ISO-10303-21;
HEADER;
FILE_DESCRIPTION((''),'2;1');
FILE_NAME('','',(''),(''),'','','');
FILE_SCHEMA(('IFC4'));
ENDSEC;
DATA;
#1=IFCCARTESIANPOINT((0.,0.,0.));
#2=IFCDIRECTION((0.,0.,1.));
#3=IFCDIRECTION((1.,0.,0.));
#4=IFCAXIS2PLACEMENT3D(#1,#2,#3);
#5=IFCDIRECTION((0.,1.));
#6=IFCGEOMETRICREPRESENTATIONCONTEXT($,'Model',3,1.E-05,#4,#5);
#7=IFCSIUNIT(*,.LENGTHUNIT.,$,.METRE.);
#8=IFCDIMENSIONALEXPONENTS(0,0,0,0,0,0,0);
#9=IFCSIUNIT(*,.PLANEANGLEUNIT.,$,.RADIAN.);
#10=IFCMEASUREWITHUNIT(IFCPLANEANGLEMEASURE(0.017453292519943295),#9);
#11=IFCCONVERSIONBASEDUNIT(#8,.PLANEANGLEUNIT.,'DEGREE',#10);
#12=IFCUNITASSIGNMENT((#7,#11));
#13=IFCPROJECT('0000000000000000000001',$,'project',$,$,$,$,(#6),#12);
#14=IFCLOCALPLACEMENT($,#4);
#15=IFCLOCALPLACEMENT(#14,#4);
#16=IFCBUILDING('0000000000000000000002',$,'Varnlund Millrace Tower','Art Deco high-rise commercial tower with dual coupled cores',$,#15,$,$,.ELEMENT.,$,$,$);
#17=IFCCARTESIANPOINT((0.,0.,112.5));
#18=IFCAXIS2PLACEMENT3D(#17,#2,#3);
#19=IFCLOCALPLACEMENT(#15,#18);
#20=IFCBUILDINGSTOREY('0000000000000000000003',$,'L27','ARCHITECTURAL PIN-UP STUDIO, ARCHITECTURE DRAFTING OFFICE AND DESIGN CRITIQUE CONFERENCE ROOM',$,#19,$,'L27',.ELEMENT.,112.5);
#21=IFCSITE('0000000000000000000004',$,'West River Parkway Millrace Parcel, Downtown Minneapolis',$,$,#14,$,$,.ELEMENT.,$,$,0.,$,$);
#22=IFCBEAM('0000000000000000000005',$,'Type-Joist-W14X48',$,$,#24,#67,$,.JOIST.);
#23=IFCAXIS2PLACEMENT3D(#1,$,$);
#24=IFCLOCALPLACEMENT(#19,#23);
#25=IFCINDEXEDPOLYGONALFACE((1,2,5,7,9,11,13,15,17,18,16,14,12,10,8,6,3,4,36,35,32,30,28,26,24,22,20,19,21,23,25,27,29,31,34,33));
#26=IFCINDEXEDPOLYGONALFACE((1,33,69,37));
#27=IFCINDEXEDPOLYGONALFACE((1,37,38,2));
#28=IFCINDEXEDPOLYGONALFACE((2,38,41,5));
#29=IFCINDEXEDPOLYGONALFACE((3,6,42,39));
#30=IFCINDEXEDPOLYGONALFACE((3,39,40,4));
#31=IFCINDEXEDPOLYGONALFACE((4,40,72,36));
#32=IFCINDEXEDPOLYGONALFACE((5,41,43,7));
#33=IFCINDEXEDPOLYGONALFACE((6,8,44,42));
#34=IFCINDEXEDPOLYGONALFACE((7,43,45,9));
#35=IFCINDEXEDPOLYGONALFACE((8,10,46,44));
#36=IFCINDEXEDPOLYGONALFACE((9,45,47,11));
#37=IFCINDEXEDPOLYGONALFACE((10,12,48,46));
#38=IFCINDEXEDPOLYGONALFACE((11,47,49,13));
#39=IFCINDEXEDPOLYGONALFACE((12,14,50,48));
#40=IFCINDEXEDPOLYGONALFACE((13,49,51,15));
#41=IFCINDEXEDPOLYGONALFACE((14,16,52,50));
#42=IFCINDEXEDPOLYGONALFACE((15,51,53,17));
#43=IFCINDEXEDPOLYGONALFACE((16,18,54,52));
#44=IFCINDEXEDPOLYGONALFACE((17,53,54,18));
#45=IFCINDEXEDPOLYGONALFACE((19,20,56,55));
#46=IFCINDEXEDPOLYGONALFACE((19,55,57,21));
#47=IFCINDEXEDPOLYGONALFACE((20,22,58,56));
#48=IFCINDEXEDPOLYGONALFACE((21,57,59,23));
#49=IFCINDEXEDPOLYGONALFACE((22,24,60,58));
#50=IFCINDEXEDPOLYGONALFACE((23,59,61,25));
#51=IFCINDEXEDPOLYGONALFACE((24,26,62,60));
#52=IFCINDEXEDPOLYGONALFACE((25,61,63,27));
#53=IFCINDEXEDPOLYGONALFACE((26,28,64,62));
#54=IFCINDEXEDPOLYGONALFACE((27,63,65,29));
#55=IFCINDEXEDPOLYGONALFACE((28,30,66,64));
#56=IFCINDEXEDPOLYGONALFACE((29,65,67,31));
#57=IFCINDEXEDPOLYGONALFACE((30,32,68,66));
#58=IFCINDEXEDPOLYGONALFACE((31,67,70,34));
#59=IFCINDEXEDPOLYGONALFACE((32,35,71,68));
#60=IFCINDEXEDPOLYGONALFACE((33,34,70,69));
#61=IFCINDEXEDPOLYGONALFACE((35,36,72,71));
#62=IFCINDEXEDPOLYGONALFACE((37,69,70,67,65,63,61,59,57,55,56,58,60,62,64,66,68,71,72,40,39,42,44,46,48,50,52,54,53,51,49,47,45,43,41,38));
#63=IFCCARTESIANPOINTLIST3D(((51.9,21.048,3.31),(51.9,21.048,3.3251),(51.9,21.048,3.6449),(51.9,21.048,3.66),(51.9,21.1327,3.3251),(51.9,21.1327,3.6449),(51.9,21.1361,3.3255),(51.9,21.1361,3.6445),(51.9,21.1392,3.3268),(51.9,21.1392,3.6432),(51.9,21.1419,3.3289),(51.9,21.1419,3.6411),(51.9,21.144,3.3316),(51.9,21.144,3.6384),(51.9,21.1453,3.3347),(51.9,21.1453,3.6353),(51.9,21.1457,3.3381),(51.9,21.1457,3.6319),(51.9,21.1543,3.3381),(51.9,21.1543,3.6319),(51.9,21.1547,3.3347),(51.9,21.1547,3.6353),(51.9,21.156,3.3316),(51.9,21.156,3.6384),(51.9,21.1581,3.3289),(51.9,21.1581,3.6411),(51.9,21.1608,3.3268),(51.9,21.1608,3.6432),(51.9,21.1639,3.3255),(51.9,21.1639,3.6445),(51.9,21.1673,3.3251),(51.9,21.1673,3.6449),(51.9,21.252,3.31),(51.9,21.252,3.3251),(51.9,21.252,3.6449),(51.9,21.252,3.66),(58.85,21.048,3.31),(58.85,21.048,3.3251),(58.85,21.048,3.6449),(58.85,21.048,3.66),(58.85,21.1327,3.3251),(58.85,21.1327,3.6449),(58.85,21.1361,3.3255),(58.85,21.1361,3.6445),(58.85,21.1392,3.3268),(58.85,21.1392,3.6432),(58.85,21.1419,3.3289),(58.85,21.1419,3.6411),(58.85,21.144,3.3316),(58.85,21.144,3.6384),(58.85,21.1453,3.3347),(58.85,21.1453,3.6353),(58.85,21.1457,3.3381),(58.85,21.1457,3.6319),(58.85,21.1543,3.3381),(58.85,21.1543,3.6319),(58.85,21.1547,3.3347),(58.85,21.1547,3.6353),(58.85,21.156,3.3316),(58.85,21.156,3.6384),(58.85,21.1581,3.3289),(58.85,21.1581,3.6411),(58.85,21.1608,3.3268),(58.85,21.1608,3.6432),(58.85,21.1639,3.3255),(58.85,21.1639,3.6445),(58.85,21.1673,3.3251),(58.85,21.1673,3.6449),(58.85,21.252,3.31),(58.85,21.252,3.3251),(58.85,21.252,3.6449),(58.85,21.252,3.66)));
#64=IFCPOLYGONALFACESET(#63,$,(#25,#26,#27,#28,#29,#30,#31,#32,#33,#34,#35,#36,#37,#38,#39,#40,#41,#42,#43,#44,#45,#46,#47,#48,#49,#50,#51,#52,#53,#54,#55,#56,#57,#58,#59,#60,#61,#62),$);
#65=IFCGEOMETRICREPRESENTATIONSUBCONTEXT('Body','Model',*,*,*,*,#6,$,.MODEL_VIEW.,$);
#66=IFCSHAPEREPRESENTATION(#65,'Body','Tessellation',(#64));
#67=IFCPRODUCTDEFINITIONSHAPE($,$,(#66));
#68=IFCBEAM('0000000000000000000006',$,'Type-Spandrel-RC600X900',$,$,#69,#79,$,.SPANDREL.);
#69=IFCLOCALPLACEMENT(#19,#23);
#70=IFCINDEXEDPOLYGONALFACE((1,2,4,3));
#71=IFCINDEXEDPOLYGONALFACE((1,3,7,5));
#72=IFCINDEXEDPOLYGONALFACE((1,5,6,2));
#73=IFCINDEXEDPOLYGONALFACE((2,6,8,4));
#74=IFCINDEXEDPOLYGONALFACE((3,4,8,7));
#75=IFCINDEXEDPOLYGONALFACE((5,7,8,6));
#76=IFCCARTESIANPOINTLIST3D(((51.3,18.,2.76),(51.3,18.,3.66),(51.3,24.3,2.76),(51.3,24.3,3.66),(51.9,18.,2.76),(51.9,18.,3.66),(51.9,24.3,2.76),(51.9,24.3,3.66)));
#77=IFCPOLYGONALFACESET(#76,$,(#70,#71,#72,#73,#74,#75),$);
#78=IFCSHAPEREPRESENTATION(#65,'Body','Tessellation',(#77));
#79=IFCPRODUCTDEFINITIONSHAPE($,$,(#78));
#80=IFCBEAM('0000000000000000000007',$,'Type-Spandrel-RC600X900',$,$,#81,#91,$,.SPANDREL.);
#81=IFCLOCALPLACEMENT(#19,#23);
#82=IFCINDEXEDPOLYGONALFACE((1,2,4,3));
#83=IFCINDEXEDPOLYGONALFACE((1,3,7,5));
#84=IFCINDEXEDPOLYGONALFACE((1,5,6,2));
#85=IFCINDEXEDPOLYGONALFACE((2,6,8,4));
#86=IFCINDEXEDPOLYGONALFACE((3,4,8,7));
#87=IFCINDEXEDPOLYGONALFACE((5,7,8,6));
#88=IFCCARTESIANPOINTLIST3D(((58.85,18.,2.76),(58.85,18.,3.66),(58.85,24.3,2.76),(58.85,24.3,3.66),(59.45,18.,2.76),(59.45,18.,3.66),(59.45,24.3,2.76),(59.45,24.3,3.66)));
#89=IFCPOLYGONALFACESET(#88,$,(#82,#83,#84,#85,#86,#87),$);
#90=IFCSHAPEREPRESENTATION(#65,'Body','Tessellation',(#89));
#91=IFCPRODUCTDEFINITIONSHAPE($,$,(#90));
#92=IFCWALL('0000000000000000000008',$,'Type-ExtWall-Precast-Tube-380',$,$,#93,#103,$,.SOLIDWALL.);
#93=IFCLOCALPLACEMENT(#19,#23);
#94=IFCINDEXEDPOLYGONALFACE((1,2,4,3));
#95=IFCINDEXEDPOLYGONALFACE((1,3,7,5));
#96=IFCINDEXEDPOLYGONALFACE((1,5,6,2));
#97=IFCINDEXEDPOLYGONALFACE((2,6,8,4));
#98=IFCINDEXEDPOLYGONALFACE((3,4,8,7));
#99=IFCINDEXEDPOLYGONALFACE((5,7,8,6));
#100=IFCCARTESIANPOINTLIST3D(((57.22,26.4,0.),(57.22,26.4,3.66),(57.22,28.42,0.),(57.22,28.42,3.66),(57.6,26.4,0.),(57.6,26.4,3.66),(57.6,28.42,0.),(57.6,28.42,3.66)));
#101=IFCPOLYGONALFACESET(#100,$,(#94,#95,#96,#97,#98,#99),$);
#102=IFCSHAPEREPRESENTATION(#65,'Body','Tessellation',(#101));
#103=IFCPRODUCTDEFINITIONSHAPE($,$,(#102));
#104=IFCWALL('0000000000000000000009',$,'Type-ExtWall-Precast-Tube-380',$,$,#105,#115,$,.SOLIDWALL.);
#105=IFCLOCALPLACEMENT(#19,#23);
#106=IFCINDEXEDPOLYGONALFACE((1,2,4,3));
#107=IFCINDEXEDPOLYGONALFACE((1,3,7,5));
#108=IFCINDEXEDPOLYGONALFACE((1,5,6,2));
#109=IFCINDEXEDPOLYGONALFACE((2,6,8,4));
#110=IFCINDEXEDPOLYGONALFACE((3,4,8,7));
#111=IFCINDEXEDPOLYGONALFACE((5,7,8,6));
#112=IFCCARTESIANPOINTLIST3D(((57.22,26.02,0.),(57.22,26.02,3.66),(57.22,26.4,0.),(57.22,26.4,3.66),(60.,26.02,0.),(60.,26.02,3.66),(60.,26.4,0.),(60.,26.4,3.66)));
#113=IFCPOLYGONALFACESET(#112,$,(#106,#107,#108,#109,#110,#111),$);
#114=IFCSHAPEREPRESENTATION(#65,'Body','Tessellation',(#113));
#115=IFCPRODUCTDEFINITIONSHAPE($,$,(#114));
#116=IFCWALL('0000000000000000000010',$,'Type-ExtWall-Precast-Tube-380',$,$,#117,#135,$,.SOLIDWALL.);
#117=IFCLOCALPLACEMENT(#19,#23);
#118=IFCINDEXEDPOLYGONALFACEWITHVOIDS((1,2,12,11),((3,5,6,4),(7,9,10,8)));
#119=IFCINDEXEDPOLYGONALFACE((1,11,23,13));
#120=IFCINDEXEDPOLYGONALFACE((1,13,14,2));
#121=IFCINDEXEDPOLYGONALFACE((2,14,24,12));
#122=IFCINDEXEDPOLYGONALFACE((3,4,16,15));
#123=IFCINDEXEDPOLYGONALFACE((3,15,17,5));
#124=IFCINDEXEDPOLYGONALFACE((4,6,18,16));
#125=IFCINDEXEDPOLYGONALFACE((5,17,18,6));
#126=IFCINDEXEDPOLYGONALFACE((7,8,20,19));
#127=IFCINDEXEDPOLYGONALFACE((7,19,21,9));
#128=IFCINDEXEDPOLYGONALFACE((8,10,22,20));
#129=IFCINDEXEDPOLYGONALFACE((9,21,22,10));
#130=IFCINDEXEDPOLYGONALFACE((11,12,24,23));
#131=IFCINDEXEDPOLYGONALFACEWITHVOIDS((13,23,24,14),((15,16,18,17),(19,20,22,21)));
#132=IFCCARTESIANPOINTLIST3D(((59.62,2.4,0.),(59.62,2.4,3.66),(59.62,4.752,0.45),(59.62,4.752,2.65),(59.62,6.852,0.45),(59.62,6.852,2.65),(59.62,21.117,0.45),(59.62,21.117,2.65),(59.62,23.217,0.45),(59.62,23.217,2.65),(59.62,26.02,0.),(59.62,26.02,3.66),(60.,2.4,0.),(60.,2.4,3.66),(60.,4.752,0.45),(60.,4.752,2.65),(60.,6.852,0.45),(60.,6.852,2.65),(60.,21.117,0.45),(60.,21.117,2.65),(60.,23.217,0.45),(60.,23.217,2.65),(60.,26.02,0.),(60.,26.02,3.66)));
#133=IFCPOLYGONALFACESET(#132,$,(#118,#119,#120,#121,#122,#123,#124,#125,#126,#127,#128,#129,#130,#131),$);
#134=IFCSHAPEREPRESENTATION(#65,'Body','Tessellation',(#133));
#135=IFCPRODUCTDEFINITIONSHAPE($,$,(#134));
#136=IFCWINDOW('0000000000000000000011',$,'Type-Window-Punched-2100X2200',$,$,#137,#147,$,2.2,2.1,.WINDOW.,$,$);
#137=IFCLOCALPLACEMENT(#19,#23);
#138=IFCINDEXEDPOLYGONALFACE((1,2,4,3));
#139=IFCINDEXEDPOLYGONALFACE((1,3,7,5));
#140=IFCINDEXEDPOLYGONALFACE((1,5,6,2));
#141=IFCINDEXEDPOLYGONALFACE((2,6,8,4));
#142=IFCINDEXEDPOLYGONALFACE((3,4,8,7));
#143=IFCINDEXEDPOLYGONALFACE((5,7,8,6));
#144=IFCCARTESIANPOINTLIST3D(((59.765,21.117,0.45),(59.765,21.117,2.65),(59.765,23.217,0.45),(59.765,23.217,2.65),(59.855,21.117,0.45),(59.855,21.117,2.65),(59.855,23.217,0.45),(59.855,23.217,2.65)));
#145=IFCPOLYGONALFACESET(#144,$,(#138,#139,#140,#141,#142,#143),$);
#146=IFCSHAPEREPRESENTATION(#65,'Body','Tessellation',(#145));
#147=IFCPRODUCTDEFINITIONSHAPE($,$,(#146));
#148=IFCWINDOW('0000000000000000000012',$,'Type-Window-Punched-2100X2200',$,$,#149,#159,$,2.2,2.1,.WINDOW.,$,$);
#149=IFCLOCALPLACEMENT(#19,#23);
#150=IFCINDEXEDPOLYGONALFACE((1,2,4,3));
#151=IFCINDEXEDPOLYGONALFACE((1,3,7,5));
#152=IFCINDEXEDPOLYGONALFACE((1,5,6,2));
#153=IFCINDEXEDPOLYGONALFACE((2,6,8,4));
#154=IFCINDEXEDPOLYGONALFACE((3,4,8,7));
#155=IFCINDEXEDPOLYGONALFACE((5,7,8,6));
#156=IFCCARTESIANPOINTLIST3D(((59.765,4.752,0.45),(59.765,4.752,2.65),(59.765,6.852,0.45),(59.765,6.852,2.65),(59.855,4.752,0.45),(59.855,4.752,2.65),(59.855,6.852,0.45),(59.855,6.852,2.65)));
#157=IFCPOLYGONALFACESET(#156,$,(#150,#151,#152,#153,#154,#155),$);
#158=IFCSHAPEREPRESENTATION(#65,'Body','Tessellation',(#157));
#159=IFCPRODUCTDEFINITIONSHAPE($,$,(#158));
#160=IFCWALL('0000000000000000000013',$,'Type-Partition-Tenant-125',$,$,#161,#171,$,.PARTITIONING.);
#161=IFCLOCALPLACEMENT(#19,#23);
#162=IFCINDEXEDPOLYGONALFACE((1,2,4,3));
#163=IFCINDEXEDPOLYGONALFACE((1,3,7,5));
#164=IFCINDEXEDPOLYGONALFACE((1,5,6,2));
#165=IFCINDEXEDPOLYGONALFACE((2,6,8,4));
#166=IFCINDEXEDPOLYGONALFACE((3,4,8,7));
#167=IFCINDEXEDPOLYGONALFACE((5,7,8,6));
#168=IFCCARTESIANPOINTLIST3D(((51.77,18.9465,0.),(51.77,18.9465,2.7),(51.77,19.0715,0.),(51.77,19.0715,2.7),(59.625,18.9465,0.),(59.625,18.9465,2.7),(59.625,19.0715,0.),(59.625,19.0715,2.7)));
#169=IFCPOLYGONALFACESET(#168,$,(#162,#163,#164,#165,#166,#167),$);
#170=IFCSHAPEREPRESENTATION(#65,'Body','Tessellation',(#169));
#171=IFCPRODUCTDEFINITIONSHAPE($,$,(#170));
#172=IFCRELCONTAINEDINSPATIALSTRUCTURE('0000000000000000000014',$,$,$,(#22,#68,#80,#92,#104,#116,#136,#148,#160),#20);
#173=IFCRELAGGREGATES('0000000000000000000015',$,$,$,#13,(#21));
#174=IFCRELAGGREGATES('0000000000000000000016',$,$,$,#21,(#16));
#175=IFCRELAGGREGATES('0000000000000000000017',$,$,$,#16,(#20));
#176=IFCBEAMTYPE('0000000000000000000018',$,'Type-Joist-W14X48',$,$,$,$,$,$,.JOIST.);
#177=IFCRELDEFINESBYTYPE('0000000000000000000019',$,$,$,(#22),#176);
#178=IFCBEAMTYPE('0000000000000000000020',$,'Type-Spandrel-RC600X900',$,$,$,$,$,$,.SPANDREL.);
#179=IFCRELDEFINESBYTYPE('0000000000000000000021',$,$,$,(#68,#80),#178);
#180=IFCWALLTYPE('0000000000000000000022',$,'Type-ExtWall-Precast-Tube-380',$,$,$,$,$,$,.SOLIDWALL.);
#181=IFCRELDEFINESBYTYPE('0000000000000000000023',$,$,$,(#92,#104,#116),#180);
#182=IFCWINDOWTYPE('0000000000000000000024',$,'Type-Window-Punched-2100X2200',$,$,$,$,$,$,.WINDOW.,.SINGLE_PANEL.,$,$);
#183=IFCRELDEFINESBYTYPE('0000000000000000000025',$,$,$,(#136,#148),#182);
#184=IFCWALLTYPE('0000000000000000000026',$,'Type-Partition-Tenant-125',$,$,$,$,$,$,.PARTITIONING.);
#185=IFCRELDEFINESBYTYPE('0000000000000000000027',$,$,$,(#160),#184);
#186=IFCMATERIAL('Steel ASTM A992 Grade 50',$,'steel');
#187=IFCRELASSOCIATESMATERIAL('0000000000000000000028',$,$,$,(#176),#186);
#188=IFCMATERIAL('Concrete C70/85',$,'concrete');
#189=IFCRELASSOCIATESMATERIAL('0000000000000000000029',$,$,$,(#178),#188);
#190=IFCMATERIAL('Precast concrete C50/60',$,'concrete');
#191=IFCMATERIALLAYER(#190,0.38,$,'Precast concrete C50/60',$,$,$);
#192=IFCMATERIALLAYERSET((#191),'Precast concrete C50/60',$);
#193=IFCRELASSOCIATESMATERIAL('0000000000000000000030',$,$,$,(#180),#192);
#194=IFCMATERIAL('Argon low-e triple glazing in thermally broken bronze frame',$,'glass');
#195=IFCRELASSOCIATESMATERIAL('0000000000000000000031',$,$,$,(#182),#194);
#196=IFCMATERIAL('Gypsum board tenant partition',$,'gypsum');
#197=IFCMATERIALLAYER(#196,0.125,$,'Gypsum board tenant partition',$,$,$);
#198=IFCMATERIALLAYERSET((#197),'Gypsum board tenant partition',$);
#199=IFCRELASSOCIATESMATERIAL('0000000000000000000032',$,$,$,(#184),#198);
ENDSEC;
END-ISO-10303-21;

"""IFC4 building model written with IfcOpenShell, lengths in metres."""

from ifc_helpers import new_model, entity, si_unit, converted_unit, direction, frame, origin_with_axes, origin_2d_with_axis, place, context, subcontext, project, spatial, polyline, rectangle, i_section, outline, extrude, material, layer, layer_set, material_profile, profile_set, type_object, element, fill, save


model = new_model("IFC4")

# Units and contexts
model_context = context("Model", 3, precision=1e-05, world=origin_with_axes(), true_north=direction((0.0, 1.0)))
body_context = subcontext(model_context, "Body", "Model", "MODEL_VIEW")
ifc_project = project(units=[si_unit("LENGTHUNIT", "METRE"), converted_unit("PLANEANGLEUNIT", "DEGREE", entity("IfcPlaneAngleMeasure", 0.017453292519943295), si_unit("PLANEANGLEUNIT", "RADIAN"), dimensions=[0, 0, 0, 0, 0, 0, 0])], contexts=[model_context])

# Site, building, storey
site_placement = place(None, origin_with_axes())
site = spatial("IfcSite", under=ifc_project, at=site_placement, Name="West River Parkway Millrace Parcel, Downtown Minneapolis", CompositionType="ELEMENT", RefElevation=0.0)
building_placement = place(site_placement, origin_with_axes())
building = spatial("IfcBuilding", under=site, at=building_placement, Name="Varnlund Millrace Tower", Description="Art Deco high-rise commercial tower with dual coupled cores", CompositionType="ELEMENT")
storey_placement = place(building_placement, frame((0.0, 0.0, 112.5), z_axis=(0.0, 0.0, 1.0), x_axis=(1.0, 0.0, 0.0)))
storey = spatial("IfcBuildingStorey", under=building, at=storey_placement, Name="L27", Description="ARCHITECTURAL PIN-UP STUDIO, ARCHITECTURE DRAFTING OFFICE AND DESIGN CRITIQUE CONFERENCE ROOM", LongName="L27", CompositionType="ELEMENT", Elevation=112.5)

# Beams
ifc_material_1 = material(Name="Steel ASTM A992 Grade 50", Category="steel")
ifc_material_profile_1 = material_profile(ifc_material_1, i_section(OverallWidth=0.204, OverallDepth=0.35, WebThickness=0.0086, FlangeThickness=0.0151, FilletRadius=0.013, at=origin_2d_with_axis()), Name="Steel ASTM A992 Grade 50")
ifc_profile_set_1 = profile_set([ifc_material_profile_1], Name="Steel ASTM A992 Grade 50")
beam_type_1 = type_object("IfcBeamType", Name="Type-Joist-W14X48", PredefinedType="JOIST", material=ifc_profile_set_1)
for number, where, z_axis, x_axis, name in (
    (1, (51.9, 21.15, 3.485), (1.0, 0.0, 0.0), (0.0, 1.0, 0.0), "Type-Joist-W14X48"),
):
    element("IfcBeam", number, at=place(storey_placement, frame(where, z_axis=z_axis, x_axis=x_axis)), inside=storey, type_object=beam_type_1, Name=name, PredefinedType="JOIST", context=body_context, shape_type="SweptSolid", body=[
        extrude(i_section(OverallWidth=0.204, OverallDepth=0.35, WebThickness=0.0086, FlangeThickness=0.0151, FilletRadius=0.013, at=origin_2d_with_axis()), origin_with_axes(), (0.0, 0.0, 1.0), 6.95),
    ])
ifc_material_2 = material(Name="Concrete C70/85", Category="concrete")
ifc_material_profile_2 = material_profile(ifc_material_2, rectangle(XDim=0.6, YDim=0.9, at=origin_2d_with_axis()), Name="Concrete C70/85")
ifc_profile_set_2 = profile_set([ifc_material_profile_2], Name="Concrete C70/85")
beam_type_2 = type_object("IfcBeamType", Name="Type-Spandrel-RC600X900", PredefinedType="SPANDREL", material=ifc_profile_set_2)
for number, where, z_axis, x_axis, name in (
    (2, (51.6, 18.0, 3.21), (0.0, 1.0, 0.0), (-1.0, 0.0, 0.0), "Type-Spandrel-RC600X900"),
    (3, (59.15, 18.0, 3.21), (0.0, 1.0, 0.0), (-1.0, 0.0, 0.0), "Type-Spandrel-RC600X900"),
):
    element("IfcBeam", number, at=place(storey_placement, frame(where, z_axis=z_axis, x_axis=x_axis)), inside=storey, type_object=beam_type_2, Name=name, PredefinedType="SPANDREL", context=body_context, shape_type="SweptSolid", body=[
        extrude(rectangle(XDim=0.6, YDim=0.9, at=origin_2d_with_axis()), origin_with_axes(), (0.0, 0.0, 1.0), 6.3),
    ])

# Walls
ifc_material_3 = material(Name="Precast concrete C50/60", Category="concrete")
ifc_layer_1 = layer(ifc_material_3, 0.38, Name="Precast concrete C50/60")
ifc_layer_set_1 = layer_set([ifc_layer_1], Name="Precast concrete C50/60")
wall_type_1 = type_object("IfcWallType", Name="Type-ExtWall-Precast-Tube-380", PredefinedType="SOLIDWALL", material=ifc_layer_set_1)
wall_1_placement = place(storey_placement, frame((57.41, 28.42, 0.0), z_axis=(0.0, 0.0, 1.0), x_axis=(0.0, -1.0, 0.0)))
element("IfcWall", 4, at=wall_1_placement, inside=storey, type_object=wall_type_1, Name="Type-ExtWall-Precast-Tube-380", PredefinedType="SOLIDWALL", context=body_context, shape_type="SweptSolid", body=[
    extrude(outline(polyline([(0.0, -0.19), (2.02, -0.19), (2.02, 0.19), (0.0, 0.19), (0.0, -0.19)])), origin_with_axes(), (0.0, 0.0, 1.0), 3.66),
])
wall_2_placement = place(storey_placement, frame((57.22, 26.21, 0.0), z_axis=(0.0, 0.0, 1.0), x_axis=(1.0, 0.0, 0.0)))
element("IfcWall", 5, at=wall_2_placement, inside=storey, type_object=wall_type_1, Name="Type-ExtWall-Precast-Tube-380", PredefinedType="SOLIDWALL", context=body_context, shape_type="SweptSolid", body=[
    extrude(outline(polyline([(0.0, -0.19), (2.78, -0.19), (2.78, 0.19), (0.0, 0.19), (0.0, -0.19)])), origin_with_axes(), (0.0, 0.0, 1.0), 3.66),
])

# Wall, openings, windows
wall_3_placement = place(storey_placement, frame((59.81, 26.02, 0.0), z_axis=(0.0, 0.0, 1.0), x_axis=(0.0, -1.0, 0.0)))
wall_3 = element("IfcWall", 6, at=wall_3_placement, inside=storey, type_object=wall_type_1, Name="Type-ExtWall-Precast-Tube-380", PredefinedType="SOLIDWALL", context=body_context, shape_type="SweptSolid", body=[
    extrude(outline(polyline([(0.0, -0.19), (23.62, -0.19), (23.62, 0.19), (0.0, 0.19), (0.0, -0.19)])), origin_with_axes(), (0.0, 0.0, 1.0), 3.66),
])
opening_1_placement = place(wall_3_placement, frame((3.853, 0.0, 0.45), z_axis=(0.0, 0.0, 1.0), x_axis=(1.0, 0.0, 0.0)))
opening_1 = element("IfcOpeningElement", 7, at=opening_1_placement, cuts=wall_3, PredefinedType="OPENING", context=body_context, shape_type="SweptSolid", body=[
    extrude(rectangle(XDim=2.1, YDim=0.4, at=origin_2d_with_axis()), origin_with_axes(), (0.0, 0.0, 1.0), 2.2),
])
opening_2_placement = place(wall_3_placement, frame((20.218, 0.0, 0.45), z_axis=(0.0, 0.0, 1.0), x_axis=(1.0, 0.0, 0.0)))
opening_2 = element("IfcOpeningElement", 8, at=opening_2_placement, cuts=wall_3, PredefinedType="OPENING", context=body_context, shape_type="SweptSolid", body=[
    extrude(rectangle(XDim=2.1, YDim=0.4, at=origin_2d_with_axis()), origin_with_axes(), (0.0, 0.0, 1.0), 2.2),
])
ifc_material_4 = material(Name="Argon low-e triple glazing in thermally broken bronze frame", Category="glass")
window_type = type_object("IfcWindowType", Name="Type-Window-Punched-2100X2200", PartitioningType="SINGLE_PANEL", PredefinedType="WINDOW", material=ifc_material_4)
window_1_placement = place(wall_3_placement, frame((3.853, 0.0, 0.45), z_axis=(0.0, 0.0, 1.0), x_axis=(1.0, 0.0, 0.0)))
window_1 = element("IfcWindow", 9, at=window_1_placement, inside=storey, type_object=window_type, Name="Type-Window-Punched-2100X2200", OverallHeight=2.2, OverallWidth=2.1, PredefinedType="WINDOW", context=body_context, shape_type="SweptSolid", body=[
    extrude(rectangle(XDim=2.1, YDim=0.09, at=origin_2d_with_axis()), origin_with_axes(), (0.0, 0.0, 1.0), 2.2),
])
fill(opening_1, window_1)
window_2_placement = place(wall_3_placement, frame((20.218, 0.0, 0.45), z_axis=(0.0, 0.0, 1.0), x_axis=(1.0, 0.0, 0.0)))
window_2 = element("IfcWindow", 10, at=window_2_placement, inside=storey, type_object=window_type, Name="Type-Window-Punched-2100X2200", OverallHeight=2.2, OverallWidth=2.1, PredefinedType="WINDOW", context=body_context, shape_type="SweptSolid", body=[
    extrude(rectangle(XDim=2.1, YDim=0.09, at=origin_2d_with_axis()), origin_with_axes(), (0.0, 0.0, 1.0), 2.2),
])
fill(opening_2, window_2)

# Wall
ifc_material_5 = material(Name="Gypsum board tenant partition", Category="gypsum")
ifc_layer_2 = layer(ifc_material_5, 0.125, Name="Gypsum board tenant partition")
ifc_layer_set_2 = layer_set([ifc_layer_2], Name="Gypsum board tenant partition")
wall_type_2 = type_object("IfcWallType", Name="Type-Partition-Tenant-125", PredefinedType="PARTITIONING", material=ifc_layer_set_2)
wall_4_placement = place(storey_placement, frame((51.77, 19.009, 0.0), z_axis=(0.0, 0.0, 1.0), x_axis=(1.0, 0.0, 0.0)))
element("IfcWall", 11, at=wall_4_placement, inside=storey, type_object=wall_type_2, Name="Type-Partition-Tenant-125", PredefinedType="PARTITIONING", context=body_context, shape_type="SweptSolid", body=[
    extrude(outline(polyline([(0.0, -0.0625), (7.855, -0.0625), (7.855, 0.0625), (0.0, 0.0625), (0.0, -0.0625)])), origin_with_axes(), (0.0, 0.0, 1.0), 2.7),
])

save(model, "model.ifc")
